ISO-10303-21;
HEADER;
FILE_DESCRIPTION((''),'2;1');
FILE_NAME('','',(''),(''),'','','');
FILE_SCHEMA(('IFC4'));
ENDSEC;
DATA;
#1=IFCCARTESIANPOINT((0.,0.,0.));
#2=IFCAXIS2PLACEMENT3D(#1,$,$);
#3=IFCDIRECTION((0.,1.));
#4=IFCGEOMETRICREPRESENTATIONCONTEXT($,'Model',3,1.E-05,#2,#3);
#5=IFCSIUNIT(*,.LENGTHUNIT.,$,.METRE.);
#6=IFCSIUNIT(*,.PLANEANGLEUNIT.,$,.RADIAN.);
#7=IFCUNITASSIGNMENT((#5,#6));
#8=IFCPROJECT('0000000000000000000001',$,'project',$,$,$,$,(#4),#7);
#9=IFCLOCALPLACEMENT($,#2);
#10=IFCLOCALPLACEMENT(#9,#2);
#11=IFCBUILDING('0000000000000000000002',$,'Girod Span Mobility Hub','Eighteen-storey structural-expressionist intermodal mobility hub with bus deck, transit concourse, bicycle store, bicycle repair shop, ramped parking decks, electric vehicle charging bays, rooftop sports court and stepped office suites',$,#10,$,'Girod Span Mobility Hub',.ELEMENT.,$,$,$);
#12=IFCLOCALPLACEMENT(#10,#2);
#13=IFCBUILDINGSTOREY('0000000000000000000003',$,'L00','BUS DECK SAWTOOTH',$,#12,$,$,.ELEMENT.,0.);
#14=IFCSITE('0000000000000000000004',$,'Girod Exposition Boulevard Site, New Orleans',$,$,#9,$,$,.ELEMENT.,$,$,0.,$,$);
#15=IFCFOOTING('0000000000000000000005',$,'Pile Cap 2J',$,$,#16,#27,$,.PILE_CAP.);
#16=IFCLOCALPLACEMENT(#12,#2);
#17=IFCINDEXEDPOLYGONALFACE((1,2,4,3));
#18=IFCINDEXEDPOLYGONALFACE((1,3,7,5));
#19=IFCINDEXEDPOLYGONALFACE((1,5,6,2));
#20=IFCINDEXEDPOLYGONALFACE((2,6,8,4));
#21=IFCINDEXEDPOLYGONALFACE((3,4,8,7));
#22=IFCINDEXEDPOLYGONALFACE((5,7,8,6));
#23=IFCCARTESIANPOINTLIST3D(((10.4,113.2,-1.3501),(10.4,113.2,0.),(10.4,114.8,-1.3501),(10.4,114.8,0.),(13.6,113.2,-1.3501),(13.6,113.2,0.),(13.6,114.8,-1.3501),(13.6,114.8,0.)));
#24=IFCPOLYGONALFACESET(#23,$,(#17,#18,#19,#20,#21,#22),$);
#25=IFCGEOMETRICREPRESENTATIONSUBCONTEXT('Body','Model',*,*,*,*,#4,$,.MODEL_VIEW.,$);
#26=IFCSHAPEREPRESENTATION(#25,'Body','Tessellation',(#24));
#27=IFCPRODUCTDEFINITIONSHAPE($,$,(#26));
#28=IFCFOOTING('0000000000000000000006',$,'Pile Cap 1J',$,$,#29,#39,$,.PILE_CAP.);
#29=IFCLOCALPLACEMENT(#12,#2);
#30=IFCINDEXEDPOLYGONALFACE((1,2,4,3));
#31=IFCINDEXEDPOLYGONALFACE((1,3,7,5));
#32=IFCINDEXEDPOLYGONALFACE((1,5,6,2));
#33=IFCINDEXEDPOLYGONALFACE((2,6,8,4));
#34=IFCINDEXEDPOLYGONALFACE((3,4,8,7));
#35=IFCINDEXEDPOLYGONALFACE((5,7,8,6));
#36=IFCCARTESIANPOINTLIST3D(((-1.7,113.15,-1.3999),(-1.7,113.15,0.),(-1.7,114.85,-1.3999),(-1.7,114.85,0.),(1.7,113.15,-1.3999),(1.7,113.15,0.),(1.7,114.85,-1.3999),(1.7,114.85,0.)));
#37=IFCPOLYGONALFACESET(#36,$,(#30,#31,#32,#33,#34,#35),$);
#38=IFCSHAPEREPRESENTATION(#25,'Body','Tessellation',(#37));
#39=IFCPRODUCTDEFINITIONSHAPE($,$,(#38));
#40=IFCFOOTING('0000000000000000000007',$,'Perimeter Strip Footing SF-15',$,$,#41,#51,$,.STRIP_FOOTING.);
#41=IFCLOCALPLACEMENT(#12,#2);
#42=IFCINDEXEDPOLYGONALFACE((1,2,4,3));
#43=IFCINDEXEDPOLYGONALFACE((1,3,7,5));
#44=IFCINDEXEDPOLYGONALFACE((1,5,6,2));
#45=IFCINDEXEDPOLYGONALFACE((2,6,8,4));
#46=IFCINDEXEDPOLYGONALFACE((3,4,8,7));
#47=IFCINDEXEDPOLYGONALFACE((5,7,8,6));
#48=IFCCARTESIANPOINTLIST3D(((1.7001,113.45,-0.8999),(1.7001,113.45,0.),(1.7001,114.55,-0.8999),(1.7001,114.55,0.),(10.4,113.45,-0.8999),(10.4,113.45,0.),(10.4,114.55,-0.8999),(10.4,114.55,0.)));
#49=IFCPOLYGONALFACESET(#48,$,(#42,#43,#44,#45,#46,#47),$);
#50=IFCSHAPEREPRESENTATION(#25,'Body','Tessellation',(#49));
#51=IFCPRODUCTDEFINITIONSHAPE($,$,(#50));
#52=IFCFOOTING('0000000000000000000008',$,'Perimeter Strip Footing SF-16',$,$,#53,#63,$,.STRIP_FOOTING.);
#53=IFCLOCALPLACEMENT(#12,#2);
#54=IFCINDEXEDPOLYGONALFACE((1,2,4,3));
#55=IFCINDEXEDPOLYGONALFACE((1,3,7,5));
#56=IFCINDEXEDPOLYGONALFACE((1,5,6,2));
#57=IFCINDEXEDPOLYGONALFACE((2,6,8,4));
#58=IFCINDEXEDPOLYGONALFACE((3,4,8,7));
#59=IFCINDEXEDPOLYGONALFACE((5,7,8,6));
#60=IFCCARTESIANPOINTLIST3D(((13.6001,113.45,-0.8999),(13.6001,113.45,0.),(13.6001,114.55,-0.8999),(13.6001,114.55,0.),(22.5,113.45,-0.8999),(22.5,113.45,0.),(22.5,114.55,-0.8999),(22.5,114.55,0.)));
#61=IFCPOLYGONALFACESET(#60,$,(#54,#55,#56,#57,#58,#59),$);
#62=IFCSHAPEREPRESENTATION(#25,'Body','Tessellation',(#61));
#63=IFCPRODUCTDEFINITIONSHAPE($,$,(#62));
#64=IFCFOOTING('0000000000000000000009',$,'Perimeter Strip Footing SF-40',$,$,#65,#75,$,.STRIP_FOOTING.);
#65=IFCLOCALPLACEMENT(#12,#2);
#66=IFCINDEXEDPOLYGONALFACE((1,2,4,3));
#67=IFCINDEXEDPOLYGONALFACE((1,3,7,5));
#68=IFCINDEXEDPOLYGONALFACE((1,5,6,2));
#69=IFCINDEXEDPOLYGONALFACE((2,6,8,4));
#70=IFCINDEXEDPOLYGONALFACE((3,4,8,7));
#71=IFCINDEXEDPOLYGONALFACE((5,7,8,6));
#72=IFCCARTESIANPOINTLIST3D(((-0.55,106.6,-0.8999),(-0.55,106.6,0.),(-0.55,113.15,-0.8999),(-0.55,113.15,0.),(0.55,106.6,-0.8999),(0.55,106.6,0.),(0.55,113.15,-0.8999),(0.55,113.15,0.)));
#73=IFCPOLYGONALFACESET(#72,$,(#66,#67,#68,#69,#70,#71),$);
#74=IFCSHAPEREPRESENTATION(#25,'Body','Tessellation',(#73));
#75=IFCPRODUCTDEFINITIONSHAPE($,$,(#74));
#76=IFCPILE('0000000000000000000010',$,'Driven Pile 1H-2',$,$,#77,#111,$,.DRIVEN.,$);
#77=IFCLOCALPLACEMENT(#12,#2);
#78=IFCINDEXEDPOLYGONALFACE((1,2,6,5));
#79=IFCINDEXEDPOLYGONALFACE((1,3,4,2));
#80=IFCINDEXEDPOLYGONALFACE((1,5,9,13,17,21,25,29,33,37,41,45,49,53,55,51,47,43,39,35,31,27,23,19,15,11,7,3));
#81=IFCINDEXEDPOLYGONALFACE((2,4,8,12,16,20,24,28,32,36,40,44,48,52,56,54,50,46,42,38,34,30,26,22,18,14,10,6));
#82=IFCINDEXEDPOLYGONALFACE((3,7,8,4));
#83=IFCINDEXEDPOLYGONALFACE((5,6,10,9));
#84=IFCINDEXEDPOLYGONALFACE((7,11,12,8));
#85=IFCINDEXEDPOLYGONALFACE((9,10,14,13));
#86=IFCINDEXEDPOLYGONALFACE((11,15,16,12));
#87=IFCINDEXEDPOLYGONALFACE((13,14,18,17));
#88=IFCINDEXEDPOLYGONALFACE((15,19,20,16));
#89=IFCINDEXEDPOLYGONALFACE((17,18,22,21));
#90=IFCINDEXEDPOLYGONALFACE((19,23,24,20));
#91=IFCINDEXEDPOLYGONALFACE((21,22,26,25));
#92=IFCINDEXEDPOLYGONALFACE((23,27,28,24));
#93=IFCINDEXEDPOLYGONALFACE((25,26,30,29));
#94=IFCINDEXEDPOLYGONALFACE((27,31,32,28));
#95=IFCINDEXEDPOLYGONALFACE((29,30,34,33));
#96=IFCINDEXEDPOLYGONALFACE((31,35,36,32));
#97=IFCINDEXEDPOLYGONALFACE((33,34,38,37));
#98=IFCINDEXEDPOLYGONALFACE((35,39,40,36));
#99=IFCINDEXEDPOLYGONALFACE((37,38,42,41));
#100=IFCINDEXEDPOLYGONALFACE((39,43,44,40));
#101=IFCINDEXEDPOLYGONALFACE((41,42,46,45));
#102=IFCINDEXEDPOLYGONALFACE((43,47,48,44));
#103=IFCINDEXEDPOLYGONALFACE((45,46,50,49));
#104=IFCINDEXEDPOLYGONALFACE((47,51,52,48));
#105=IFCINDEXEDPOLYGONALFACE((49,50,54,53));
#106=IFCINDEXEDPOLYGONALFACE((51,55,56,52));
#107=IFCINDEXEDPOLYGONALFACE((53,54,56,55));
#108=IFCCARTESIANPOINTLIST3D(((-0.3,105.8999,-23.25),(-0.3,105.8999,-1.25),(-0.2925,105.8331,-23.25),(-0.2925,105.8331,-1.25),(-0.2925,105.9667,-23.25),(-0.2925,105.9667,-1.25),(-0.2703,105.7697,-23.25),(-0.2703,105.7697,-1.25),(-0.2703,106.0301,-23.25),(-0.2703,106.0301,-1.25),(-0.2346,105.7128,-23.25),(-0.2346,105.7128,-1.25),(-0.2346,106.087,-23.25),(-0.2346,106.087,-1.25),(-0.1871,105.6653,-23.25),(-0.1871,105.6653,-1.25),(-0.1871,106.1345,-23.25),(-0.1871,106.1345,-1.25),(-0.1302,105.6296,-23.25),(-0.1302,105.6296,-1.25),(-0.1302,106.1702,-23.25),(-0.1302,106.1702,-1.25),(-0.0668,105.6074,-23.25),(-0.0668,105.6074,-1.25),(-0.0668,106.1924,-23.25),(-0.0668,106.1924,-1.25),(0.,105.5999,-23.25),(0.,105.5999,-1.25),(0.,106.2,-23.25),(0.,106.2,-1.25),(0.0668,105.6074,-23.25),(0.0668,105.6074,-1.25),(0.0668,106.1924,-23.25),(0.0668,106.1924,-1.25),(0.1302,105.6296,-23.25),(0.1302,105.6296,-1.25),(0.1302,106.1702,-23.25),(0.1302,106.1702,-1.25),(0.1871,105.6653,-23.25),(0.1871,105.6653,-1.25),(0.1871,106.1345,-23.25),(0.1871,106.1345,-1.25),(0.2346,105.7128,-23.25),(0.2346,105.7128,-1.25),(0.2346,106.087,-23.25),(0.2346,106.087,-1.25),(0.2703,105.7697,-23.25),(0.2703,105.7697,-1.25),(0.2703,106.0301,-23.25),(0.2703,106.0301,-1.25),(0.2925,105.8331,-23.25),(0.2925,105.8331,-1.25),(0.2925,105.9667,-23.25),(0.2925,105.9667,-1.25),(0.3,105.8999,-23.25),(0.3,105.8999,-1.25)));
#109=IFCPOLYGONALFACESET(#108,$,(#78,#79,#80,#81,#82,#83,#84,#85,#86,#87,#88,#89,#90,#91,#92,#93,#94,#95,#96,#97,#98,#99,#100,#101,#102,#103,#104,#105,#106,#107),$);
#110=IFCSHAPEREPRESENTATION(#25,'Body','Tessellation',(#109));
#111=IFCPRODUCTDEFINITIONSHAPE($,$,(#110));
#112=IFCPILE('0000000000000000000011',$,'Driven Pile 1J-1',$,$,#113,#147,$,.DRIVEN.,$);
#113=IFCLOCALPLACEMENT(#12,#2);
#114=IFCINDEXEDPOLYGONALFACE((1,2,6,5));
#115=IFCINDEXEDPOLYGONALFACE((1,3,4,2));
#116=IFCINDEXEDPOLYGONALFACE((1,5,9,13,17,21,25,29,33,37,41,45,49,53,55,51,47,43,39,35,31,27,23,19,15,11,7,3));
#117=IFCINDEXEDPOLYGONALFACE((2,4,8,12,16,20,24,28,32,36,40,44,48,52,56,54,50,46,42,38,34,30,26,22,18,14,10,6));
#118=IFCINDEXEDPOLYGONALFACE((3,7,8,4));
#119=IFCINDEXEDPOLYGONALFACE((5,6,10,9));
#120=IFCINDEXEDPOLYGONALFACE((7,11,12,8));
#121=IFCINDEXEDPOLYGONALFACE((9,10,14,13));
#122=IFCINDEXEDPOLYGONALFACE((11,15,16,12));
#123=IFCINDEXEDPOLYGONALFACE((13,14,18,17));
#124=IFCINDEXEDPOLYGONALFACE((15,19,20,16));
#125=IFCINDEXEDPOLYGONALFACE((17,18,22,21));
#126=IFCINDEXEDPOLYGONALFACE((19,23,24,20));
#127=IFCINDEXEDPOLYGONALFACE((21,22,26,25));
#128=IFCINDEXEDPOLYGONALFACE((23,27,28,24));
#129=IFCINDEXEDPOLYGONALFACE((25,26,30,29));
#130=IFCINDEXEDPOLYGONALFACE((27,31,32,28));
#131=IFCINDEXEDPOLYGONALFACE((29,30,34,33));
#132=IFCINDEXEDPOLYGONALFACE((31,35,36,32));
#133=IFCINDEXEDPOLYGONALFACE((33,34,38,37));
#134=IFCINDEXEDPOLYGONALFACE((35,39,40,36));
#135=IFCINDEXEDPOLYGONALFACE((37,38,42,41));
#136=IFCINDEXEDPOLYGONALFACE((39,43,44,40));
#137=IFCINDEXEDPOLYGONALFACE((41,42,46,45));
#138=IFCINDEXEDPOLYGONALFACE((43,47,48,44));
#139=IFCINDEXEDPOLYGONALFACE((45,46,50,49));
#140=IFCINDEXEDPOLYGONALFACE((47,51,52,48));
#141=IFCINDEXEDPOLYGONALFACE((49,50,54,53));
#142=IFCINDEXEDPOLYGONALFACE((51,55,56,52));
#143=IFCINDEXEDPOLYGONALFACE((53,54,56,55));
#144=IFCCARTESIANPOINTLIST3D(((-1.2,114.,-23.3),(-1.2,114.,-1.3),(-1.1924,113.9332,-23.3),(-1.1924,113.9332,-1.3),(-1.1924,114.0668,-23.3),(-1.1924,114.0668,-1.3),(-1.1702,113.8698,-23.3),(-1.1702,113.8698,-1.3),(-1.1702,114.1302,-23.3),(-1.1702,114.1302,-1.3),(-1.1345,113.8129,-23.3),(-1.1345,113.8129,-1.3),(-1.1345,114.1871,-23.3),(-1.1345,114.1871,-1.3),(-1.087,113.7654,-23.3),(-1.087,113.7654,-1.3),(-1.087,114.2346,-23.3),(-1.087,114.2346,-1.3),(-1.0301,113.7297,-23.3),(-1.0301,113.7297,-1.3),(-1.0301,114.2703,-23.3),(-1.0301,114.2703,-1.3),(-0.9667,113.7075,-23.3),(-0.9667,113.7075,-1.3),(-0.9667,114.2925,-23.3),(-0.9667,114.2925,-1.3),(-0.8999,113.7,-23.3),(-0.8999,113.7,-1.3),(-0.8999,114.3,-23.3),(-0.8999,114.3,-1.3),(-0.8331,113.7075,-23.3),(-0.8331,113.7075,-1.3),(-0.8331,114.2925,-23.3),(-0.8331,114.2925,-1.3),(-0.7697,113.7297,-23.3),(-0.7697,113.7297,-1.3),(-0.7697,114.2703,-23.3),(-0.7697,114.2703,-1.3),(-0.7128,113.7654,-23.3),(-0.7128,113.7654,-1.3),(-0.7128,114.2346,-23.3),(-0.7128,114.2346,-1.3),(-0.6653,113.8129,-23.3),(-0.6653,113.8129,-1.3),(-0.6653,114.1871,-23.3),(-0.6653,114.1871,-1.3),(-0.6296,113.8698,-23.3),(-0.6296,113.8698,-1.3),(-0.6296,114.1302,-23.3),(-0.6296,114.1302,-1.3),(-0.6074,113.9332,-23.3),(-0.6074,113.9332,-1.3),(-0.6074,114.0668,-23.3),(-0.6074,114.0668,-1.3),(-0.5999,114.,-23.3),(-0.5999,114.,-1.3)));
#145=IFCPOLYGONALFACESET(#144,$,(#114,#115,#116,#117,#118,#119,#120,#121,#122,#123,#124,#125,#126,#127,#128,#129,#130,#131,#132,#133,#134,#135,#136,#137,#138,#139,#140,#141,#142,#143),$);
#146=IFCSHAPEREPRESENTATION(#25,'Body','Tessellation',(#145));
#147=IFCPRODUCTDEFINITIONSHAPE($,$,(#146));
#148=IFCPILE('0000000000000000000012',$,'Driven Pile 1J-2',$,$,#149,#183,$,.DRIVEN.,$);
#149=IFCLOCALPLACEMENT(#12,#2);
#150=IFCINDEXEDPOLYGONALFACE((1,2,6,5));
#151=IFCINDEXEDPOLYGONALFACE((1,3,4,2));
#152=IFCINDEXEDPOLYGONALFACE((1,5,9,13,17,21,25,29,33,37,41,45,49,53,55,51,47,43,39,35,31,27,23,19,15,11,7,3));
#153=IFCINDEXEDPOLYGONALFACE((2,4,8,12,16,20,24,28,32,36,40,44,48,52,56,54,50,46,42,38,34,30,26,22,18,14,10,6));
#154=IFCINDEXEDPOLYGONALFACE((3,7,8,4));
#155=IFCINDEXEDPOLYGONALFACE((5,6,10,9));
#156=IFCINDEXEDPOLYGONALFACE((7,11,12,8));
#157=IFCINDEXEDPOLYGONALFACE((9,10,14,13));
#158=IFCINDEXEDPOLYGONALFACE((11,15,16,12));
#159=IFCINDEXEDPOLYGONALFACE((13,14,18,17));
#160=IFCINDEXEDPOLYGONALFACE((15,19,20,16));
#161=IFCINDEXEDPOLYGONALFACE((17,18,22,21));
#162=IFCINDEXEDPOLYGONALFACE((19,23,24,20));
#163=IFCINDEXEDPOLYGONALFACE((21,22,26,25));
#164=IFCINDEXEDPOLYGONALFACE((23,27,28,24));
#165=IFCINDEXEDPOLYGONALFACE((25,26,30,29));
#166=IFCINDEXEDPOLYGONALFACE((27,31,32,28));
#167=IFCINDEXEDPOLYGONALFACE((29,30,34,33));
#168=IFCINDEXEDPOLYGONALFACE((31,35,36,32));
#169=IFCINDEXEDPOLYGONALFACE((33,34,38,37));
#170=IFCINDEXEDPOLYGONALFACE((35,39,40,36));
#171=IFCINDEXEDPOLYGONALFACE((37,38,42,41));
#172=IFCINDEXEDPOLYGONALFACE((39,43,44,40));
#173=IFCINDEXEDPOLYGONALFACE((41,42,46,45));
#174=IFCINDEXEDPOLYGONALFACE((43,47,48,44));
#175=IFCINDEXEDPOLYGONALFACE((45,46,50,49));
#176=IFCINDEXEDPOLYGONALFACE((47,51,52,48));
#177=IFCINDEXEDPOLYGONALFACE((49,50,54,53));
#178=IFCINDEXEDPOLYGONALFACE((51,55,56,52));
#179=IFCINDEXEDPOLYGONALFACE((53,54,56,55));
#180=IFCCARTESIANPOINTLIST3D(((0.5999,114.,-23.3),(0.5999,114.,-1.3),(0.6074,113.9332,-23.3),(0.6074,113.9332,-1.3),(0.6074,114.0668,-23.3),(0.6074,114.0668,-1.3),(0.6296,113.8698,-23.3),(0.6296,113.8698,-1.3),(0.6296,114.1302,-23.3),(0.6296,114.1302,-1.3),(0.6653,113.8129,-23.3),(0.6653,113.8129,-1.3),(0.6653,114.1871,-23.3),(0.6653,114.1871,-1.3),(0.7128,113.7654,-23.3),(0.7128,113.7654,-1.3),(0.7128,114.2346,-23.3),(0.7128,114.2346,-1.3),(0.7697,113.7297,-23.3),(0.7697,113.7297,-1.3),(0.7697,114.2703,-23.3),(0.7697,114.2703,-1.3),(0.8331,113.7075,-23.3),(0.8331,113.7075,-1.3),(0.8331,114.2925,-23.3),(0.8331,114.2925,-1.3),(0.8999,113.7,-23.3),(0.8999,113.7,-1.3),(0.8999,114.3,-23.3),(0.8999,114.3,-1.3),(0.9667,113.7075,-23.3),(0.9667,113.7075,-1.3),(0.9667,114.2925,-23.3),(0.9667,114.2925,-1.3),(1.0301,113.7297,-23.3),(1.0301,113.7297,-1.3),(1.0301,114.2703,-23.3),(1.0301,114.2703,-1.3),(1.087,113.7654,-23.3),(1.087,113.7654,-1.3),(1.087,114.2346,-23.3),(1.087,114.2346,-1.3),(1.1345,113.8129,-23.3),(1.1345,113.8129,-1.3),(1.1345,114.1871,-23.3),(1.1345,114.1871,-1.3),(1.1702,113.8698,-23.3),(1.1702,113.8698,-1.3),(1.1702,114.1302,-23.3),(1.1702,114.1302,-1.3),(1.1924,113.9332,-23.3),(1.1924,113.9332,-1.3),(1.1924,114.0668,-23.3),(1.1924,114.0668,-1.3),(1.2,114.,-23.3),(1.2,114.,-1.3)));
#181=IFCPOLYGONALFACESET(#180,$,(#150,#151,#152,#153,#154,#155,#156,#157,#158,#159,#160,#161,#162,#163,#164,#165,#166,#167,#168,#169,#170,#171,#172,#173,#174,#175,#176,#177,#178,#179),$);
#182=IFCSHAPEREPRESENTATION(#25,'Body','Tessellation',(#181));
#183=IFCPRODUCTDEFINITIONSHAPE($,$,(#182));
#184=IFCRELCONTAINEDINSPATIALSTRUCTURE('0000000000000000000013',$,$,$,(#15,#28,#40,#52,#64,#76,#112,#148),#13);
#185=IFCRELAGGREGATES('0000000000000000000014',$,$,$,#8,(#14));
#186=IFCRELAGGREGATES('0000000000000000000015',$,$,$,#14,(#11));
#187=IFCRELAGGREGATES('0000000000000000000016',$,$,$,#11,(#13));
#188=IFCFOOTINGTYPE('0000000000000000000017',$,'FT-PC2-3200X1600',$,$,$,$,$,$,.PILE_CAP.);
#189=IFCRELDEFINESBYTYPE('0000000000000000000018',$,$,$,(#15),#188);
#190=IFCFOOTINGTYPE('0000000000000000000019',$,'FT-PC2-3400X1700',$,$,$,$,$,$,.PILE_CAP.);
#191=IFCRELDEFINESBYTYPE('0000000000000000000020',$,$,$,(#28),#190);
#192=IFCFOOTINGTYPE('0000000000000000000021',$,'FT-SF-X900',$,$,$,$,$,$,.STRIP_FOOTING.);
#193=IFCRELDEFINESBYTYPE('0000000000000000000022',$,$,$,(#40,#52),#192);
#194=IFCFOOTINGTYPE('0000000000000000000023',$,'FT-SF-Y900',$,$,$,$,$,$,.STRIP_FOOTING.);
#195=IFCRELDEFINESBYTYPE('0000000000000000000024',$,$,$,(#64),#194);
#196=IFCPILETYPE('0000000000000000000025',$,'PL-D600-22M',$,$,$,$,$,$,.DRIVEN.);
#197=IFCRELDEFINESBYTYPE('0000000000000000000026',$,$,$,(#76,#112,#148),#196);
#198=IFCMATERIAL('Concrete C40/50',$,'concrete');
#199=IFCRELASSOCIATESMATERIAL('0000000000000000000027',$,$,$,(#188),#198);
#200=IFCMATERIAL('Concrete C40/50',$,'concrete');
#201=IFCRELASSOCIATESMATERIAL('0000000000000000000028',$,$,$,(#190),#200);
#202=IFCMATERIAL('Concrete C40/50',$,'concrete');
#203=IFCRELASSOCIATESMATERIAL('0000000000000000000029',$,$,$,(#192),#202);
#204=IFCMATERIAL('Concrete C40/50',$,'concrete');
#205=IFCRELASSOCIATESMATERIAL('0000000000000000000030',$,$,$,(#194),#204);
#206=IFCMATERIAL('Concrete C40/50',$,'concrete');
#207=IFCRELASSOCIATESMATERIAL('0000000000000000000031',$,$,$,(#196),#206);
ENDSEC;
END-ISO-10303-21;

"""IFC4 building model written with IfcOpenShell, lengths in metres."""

from ifc_helpers import new_model, si_unit, direction, frame, origin, origin_2d, place, context, subcontext, project, spatial, rectangle, circle, extrude, material, material_profile, profile_set, type_object, element, save


model = new_model("IFC4")

# Units and contexts
model_context = context("Model", 3, precision=1e-05, world=origin(), true_north=direction((0.0, 1.0)))
body_context = subcontext(model_context, "Body", "Model", "MODEL_VIEW")
ifc_project = project(units=[si_unit("LENGTHUNIT", "METRE"), si_unit("PLANEANGLEUNIT", "RADIAN")], contexts=[model_context])

# Site, building, storey
site_placement = place(None, origin())
site = spatial("IfcSite", under=ifc_project, at=site_placement, Name="Girod Exposition Boulevard Site, New Orleans", CompositionType="ELEMENT", RefElevation=0.0)
building_placement = place(site_placement, origin())
building = spatial("IfcBuilding", under=site, at=building_placement, Name="Girod Span Mobility Hub", Description="Eighteen-storey structural-expressionist intermodal mobility hub with bus deck, transit concourse, bicycle store, bicycle repair shop, ramped parking decks, electric vehicle charging bays, rooftop sports court and stepped office suites", LongName="Girod Span Mobility Hub", CompositionType="ELEMENT")
storey_placement = place(building_placement, origin())
storey = spatial("IfcBuildingStorey", under=building, at=storey_placement, Name="L00", Description="BUS DECK SAWTOOTH", CompositionType="ELEMENT", Elevation=0.0)

# Footings
ifc_material_1 = material(Name="Concrete C40/50", Category="concrete")
footing_type_1 = type_object("IfcFootingType", Name="FT-PC2-3200X1600", PredefinedType="PILE_CAP", material=ifc_material_1)
footing_1_placement = place(storey_placement, frame((12.0, 114.0, -1.3501), z_axis=(0.0, 0.0, 1.0), x_axis=(1.0, 0.0, 0.0)))
element("IfcFooting", 1, at=footing_1_placement, inside=storey, type_object=footing_type_1, Name="Pile Cap 2J", PredefinedType="PILE_CAP", context=body_context, shape_type="SweptSolid", body=[
    extrude(rectangle(XDim=3.2, YDim=1.6001, at=origin_2d()), origin(), (0.0, 0.0, 1.0), 1.3501),
])
ifc_material_2 = material(Name="Concrete C40/50", Category="concrete")
footing_type_2 = type_object("IfcFootingType", Name="FT-PC2-3400X1700", PredefinedType="PILE_CAP", material=ifc_material_2)
footing_2_placement = place(storey_placement, frame((0.0, 114.0, -1.3999), z_axis=(0.0, 0.0, 1.0), x_axis=(1.0, 0.0, 0.0)))
element("IfcFooting", 2, at=footing_2_placement, inside=storey, type_object=footing_type_2, Name="Pile Cap 1J", PredefinedType="PILE_CAP", context=body_context, shape_type="SweptSolid", body=[
    extrude(rectangle(XDim=3.3999, YDim=1.7, at=origin_2d()), origin(), (0.0, 0.0, 1.0), 1.3999),
])
ifc_material_3 = material(Name="Concrete C40/50", Category="concrete")
footing_type_3 = type_object("IfcFootingType", Name="FT-SF-X900", PredefinedType="STRIP_FOOTING", material=ifc_material_3)
footing_3_placement = place(storey_placement, frame((6.05, 114.0, -0.8999), z_axis=(0.0, 0.0, 1.0), x_axis=(1.0, 0.0, 0.0)))
element("IfcFooting", 3, at=footing_3_placement, inside=storey, type_object=footing_type_3, Name="Perimeter Strip Footing SF-15", PredefinedType="STRIP_FOOTING", context=body_context, shape_type="SweptSolid", body=[
    extrude(rectangle(XDim=8.7, YDim=1.1001, at=origin_2d()), origin(), (0.0, 0.0, 1.0), 0.8999),
])
footing_4_placement = place(storey_placement, frame((18.05, 114.0, -0.8999), z_axis=(0.0, 0.0, 1.0), x_axis=(1.0, 0.0, 0.0)))
element("IfcFooting", 4, at=footing_4_placement, inside=storey, type_object=footing_type_3, Name="Perimeter Strip Footing SF-16", PredefinedType="STRIP_FOOTING", context=body_context, shape_type="SweptSolid", body=[
    extrude(rectangle(XDim=8.8999, YDim=1.1001, at=origin_2d()), origin(), (0.0, 0.0, 1.0), 0.8999),
])
ifc_material_4 = material(Name="Concrete C40/50", Category="concrete")
footing_type_4 = type_object("IfcFootingType", Name="FT-SF-Y900", PredefinedType="STRIP_FOOTING", material=ifc_material_4)
footing_5_placement = place(storey_placement, frame((0.0, 109.875, -0.8999), z_axis=(0.0, 0.0, 1.0), x_axis=(1.0, 0.0, 0.0)))
element("IfcFooting", 5, at=footing_5_placement, inside=storey, type_object=footing_type_4, Name="Perimeter Strip Footing SF-40", PredefinedType="STRIP_FOOTING", context=body_context, shape_type="SweptSolid", body=[
    extrude(rectangle(XDim=1.1001, YDim=6.55, at=origin_2d()), origin(), (0.0, 0.0, 1.0), 0.8999),
])

# Piles
ifc_material_5 = material(Name="Concrete C40/50", Category="concrete")
ifc_material_profile_1 = material_profile(ifc_material_5, circle(Radius=0.3, at=origin_2d()), Name="PILE-D600")
ifc_profile_set_1 = profile_set([ifc_material_profile_1], Name="Concrete C40/50")
pile_type_1 = type_object("IfcPileType", Name="PL-D600-22M", PredefinedType="DRIVEN", material=ifc_profile_set_1)
for number, where, z_axis, x_axis, name in (
    (6, (0.0, 105.8999, -1.25), (0.0, 0.0, -1.0), (1.0, 0.0, 0.0), "Driven Pile 1H-2"),
    (7, (-0.8999, 114.0, -1.3), (0.0, 0.0, -1.0), (1.0, 0.0, 0.0), "Driven Pile 1J-1"),
    (8, (0.8999, 114.0, -1.3), (0.0, 0.0, -1.0), (1.0, 0.0, 0.0), "Driven Pile 1J-2"),
):
    element("IfcPile", number, at=place(storey_placement, frame(where, z_axis=z_axis, x_axis=x_axis)), inside=storey, type_object=pile_type_1, Name=name, PredefinedType="DRIVEN", context=body_context, shape_type="SweptSolid", body=[
        extrude(circle(Radius=0.3, at=origin_2d()), origin(), (0.0, 0.0, 1.0), 22.0),
    ])

save(model, "model.ifc")
